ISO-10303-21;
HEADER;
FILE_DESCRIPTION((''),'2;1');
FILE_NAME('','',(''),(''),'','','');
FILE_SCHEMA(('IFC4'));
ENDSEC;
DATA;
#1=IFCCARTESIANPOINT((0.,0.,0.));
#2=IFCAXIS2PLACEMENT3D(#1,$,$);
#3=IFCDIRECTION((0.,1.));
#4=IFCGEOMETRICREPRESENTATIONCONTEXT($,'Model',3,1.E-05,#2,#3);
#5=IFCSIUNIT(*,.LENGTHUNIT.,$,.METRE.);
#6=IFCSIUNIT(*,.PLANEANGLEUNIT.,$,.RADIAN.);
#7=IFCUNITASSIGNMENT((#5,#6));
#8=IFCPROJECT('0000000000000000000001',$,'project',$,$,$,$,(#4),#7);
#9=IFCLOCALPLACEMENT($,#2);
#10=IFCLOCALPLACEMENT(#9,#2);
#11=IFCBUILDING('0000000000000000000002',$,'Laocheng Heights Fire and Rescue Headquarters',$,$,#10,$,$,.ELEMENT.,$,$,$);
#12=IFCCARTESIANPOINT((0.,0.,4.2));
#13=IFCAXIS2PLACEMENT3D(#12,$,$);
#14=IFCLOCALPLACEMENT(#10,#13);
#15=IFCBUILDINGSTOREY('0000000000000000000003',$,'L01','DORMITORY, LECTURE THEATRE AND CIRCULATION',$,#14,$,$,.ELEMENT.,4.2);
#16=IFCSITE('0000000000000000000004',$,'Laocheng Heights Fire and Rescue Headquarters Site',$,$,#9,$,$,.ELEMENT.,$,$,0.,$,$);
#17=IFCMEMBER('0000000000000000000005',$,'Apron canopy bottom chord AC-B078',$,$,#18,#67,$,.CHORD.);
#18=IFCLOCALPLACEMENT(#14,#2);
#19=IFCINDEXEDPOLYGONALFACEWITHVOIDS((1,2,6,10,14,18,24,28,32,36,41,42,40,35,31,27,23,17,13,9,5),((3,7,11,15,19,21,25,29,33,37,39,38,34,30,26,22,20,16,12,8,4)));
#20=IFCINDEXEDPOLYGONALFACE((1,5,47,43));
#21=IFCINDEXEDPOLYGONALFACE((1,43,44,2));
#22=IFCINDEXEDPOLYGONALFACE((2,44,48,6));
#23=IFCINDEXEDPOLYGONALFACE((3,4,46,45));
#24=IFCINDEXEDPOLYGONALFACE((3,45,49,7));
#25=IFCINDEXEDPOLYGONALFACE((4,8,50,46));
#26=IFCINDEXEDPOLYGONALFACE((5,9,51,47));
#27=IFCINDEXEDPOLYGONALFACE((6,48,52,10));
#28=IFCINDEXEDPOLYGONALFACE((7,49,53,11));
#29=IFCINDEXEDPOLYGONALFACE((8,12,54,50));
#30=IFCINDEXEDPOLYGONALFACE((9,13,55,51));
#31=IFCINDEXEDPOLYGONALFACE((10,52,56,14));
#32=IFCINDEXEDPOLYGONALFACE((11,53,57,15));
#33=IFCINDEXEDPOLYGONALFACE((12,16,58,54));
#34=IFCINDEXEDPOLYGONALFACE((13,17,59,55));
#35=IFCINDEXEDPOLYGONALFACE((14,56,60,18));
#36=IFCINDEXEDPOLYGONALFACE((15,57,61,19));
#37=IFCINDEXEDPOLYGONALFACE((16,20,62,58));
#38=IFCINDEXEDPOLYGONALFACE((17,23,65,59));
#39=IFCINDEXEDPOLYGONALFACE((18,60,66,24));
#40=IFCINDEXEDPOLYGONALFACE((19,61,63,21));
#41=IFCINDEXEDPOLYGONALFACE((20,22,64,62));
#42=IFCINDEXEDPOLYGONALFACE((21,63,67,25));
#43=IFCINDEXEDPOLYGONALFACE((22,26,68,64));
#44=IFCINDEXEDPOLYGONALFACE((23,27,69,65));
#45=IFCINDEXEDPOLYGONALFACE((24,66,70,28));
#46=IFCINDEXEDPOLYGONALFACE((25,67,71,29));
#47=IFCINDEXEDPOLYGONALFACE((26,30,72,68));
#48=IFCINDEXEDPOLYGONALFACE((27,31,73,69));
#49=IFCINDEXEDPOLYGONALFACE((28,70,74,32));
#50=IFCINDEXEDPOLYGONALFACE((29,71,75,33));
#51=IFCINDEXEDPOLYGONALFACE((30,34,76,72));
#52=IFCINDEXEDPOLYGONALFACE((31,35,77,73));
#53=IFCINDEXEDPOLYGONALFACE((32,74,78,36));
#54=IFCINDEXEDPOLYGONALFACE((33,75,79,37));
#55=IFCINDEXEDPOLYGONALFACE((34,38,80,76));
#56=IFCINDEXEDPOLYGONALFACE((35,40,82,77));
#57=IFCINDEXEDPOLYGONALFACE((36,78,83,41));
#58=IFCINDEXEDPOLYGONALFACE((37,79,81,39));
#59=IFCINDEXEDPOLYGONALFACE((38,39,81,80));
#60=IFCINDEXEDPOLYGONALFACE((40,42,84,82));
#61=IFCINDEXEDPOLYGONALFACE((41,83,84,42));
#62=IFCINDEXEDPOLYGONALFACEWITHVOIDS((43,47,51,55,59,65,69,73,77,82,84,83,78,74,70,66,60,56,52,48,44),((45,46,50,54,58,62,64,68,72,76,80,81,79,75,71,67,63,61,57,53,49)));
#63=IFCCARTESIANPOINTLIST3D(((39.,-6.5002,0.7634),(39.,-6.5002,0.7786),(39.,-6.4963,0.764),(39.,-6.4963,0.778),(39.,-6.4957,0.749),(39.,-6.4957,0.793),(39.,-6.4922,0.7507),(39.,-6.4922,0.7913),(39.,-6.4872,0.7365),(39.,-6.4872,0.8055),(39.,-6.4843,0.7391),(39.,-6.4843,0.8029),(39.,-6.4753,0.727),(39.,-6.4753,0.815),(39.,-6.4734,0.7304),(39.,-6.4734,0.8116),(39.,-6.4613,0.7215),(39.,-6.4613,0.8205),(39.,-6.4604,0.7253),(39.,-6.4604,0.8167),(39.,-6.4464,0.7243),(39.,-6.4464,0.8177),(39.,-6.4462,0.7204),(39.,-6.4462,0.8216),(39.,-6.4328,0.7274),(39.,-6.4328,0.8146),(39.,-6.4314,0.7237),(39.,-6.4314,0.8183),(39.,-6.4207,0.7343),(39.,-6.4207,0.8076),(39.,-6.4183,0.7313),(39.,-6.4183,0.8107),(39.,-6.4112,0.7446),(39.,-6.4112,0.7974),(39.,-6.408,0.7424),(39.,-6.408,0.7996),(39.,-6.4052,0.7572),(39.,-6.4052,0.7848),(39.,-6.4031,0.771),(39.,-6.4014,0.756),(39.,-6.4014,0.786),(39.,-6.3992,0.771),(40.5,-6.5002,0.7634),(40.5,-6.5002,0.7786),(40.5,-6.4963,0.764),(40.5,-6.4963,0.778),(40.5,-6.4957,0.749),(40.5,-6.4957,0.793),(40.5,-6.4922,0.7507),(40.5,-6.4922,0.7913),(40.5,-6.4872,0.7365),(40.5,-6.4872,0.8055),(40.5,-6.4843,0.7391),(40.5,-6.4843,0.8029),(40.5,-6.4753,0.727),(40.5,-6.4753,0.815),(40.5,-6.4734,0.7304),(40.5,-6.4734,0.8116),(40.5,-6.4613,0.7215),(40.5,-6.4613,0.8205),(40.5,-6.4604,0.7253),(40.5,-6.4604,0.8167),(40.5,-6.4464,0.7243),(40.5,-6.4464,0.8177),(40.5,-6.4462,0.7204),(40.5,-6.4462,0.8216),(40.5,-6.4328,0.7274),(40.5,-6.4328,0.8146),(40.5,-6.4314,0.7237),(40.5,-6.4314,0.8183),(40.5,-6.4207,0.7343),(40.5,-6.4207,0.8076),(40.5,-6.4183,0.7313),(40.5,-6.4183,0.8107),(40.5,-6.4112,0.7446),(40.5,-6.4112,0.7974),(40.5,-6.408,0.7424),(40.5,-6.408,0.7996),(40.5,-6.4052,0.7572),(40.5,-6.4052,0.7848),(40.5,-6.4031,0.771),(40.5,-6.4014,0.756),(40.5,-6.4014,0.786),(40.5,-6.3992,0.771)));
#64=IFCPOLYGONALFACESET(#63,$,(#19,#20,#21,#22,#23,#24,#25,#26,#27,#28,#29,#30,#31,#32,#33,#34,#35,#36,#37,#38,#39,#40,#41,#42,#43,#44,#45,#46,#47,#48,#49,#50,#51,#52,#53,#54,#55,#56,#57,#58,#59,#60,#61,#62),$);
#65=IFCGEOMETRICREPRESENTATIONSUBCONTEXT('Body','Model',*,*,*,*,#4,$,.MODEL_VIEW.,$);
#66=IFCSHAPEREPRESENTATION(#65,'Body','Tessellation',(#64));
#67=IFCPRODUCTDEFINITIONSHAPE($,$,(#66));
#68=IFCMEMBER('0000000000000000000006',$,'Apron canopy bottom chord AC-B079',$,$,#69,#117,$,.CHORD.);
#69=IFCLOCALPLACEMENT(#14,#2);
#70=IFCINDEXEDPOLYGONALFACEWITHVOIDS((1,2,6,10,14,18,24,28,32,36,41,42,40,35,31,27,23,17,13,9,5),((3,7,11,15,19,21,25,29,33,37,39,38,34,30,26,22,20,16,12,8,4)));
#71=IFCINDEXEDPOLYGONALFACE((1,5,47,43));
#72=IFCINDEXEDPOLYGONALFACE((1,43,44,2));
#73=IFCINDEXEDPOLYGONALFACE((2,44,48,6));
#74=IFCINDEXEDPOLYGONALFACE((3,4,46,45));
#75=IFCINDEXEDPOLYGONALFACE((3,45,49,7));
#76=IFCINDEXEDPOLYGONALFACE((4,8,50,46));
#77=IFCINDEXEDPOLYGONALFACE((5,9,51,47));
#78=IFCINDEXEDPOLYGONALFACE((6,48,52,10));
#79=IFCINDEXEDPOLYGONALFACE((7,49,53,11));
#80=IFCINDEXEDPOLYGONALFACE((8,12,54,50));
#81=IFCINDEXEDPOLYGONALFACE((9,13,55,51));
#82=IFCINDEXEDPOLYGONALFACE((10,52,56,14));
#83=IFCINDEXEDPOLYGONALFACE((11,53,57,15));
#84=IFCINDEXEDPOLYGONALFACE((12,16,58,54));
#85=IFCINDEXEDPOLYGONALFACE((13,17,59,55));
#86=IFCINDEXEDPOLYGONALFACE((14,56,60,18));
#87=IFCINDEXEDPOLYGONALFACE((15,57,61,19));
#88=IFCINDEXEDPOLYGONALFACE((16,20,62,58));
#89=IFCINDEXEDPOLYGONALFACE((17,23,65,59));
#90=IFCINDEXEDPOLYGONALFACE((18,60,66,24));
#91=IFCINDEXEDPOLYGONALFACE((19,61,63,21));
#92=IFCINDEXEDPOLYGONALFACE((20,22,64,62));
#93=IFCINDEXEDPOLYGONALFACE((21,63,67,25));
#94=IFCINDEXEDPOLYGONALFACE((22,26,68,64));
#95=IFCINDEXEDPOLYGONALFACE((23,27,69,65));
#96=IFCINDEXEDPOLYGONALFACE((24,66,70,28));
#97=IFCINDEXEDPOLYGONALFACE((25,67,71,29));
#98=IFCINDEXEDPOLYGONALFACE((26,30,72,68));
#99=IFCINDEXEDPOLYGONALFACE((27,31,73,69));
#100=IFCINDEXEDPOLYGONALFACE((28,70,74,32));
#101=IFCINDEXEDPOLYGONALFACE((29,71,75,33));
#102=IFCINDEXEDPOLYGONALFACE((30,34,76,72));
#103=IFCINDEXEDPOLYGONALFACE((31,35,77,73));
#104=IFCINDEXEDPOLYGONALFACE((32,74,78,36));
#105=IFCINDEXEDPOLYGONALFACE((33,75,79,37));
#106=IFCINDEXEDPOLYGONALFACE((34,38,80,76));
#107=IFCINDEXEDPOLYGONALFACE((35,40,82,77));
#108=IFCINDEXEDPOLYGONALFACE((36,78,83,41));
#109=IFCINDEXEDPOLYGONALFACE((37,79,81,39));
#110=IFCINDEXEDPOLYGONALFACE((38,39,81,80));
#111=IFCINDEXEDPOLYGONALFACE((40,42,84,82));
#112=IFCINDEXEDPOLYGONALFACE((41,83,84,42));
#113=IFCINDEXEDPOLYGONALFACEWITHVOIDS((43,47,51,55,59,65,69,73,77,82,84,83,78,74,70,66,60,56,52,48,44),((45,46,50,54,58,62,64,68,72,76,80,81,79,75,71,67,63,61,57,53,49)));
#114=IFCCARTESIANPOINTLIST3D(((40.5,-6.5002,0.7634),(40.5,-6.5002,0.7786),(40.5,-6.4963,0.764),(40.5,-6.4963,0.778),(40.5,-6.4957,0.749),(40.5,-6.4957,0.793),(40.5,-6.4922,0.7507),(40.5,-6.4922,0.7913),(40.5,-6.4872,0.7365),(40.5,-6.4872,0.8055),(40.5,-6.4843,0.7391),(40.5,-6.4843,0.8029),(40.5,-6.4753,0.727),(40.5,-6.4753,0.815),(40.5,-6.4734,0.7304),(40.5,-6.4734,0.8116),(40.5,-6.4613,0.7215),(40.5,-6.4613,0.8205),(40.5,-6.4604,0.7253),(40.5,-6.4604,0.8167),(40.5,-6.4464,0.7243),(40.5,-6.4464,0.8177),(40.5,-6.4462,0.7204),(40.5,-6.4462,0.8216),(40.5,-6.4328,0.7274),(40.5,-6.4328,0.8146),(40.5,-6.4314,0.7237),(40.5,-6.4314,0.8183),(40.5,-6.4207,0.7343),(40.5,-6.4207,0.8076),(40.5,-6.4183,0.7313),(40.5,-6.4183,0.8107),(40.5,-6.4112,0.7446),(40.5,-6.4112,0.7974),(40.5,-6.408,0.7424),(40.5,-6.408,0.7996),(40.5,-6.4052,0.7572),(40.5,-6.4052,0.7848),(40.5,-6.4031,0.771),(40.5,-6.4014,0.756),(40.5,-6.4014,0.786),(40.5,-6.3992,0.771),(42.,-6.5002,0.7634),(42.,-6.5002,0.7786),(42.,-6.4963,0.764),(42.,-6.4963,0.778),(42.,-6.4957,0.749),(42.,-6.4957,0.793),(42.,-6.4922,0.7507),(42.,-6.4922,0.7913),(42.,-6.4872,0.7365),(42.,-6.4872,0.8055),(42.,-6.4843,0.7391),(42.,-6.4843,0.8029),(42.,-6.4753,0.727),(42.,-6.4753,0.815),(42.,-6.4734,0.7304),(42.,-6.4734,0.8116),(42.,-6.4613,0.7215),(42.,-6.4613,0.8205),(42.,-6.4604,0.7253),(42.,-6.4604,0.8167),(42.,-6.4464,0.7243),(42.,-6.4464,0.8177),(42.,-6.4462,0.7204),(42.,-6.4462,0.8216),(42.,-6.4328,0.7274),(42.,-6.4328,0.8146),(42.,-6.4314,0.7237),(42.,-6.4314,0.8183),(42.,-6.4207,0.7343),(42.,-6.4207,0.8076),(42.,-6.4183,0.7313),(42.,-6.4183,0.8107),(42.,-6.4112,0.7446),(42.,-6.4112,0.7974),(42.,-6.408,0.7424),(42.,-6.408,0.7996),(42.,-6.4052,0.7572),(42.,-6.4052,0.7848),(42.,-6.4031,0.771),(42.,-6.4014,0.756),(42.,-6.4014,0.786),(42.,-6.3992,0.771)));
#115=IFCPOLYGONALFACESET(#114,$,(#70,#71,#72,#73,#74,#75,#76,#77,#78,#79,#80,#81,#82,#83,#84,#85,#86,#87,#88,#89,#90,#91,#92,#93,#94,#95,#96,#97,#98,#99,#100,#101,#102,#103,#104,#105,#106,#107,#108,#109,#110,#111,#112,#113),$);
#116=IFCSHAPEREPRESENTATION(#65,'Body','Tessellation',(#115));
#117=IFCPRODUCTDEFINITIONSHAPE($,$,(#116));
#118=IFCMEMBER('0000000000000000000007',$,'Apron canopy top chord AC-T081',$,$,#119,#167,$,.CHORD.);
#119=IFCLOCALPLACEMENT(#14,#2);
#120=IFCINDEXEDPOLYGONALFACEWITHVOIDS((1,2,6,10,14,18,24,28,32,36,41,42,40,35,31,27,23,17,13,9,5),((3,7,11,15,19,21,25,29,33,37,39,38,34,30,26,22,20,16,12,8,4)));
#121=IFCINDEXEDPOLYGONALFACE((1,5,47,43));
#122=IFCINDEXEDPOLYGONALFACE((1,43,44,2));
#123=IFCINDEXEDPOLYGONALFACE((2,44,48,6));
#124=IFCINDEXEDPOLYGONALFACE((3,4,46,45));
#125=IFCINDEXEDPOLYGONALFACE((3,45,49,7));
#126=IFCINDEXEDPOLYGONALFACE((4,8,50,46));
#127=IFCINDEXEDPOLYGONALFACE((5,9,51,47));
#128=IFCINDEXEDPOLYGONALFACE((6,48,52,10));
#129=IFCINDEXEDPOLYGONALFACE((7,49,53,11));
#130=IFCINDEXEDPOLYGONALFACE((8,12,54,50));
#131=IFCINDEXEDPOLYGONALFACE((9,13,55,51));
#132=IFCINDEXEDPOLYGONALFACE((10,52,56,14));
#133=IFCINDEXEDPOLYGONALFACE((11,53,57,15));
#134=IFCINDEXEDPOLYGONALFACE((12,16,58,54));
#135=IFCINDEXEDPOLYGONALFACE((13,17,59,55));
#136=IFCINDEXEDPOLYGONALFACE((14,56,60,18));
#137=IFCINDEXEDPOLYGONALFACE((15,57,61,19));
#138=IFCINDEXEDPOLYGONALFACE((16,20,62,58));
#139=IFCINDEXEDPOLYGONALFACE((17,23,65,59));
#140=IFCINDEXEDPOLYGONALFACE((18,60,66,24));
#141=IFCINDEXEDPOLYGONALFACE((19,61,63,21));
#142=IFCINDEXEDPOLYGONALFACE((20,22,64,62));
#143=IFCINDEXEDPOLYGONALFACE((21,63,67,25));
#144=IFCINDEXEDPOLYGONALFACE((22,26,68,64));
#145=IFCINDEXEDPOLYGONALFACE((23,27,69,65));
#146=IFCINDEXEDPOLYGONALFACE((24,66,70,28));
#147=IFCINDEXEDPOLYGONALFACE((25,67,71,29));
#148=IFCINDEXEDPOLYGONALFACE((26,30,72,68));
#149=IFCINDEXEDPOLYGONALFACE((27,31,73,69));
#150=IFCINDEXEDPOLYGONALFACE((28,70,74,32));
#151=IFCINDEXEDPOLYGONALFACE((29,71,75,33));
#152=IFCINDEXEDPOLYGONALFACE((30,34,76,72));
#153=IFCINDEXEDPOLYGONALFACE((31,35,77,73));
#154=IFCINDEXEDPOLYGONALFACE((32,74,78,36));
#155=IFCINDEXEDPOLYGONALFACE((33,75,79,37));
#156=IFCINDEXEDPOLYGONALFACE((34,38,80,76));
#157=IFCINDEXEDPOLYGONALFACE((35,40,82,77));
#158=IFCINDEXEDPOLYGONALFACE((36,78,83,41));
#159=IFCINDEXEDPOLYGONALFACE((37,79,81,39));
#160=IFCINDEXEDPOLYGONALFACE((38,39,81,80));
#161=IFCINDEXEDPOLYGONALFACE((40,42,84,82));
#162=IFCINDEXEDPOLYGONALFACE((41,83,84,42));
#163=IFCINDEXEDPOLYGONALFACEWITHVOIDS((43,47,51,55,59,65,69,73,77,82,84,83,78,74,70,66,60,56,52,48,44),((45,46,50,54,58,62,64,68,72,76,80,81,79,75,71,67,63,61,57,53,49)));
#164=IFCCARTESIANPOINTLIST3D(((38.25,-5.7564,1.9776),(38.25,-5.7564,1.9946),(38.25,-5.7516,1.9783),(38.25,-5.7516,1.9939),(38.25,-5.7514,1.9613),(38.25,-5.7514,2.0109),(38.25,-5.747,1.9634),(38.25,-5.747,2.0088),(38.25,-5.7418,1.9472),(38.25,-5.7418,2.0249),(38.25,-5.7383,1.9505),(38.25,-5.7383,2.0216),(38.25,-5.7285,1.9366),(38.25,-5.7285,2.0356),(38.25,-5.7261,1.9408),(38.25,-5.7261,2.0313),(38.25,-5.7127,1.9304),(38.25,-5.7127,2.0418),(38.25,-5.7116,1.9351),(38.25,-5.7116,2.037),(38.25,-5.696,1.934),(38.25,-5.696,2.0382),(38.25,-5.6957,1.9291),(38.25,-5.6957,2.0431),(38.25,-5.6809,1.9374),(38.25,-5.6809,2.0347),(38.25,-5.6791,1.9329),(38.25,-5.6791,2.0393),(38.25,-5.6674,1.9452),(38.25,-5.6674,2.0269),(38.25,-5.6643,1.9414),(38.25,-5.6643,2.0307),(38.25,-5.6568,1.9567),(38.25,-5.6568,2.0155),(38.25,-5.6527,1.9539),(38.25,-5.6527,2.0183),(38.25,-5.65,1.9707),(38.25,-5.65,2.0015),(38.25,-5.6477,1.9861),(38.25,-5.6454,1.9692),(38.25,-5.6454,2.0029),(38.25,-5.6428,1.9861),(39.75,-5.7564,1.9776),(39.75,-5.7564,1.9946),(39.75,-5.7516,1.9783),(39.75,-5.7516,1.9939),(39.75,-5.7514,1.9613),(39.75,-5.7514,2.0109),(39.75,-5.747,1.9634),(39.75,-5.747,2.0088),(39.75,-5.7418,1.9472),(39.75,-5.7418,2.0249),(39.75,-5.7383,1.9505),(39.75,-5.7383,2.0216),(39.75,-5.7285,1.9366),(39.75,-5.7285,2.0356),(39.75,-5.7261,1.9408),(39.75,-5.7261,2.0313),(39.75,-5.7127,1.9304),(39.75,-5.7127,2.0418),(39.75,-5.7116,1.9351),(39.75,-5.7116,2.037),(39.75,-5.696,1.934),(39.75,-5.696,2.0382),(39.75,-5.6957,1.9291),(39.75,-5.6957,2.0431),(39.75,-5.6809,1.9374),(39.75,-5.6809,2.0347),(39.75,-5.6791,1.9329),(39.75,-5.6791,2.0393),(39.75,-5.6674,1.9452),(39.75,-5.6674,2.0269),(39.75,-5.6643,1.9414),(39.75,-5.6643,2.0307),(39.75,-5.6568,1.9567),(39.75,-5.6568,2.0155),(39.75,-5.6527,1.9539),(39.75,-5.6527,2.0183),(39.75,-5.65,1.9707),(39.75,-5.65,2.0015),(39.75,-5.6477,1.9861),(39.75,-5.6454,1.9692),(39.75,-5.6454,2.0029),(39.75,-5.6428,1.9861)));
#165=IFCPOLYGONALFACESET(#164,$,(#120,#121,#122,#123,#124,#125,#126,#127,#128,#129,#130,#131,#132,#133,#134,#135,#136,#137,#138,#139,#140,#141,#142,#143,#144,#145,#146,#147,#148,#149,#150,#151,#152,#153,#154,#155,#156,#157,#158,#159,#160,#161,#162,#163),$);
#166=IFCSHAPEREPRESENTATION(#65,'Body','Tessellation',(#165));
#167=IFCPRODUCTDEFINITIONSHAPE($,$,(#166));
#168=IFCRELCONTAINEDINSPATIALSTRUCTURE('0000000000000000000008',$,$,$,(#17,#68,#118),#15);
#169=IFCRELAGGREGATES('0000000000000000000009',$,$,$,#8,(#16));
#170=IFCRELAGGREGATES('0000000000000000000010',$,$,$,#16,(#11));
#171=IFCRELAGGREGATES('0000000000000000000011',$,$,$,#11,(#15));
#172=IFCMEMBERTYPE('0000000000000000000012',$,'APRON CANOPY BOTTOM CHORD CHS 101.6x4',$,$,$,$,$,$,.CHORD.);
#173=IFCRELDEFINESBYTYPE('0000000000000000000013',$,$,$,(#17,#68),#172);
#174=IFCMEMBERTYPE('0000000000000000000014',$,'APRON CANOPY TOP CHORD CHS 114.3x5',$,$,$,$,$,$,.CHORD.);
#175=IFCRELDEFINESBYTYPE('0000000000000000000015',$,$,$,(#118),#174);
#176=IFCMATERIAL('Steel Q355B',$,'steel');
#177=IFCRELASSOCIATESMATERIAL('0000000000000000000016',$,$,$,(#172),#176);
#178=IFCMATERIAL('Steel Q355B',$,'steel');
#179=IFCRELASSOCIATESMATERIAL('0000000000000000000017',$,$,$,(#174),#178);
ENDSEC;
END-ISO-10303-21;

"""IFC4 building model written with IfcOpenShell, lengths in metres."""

from ifc_helpers import new_model, si_unit, direction, frame, origin, origin_2d, place, context, subcontext, project, spatial, hollow_circle, extrude, material, material_profile, profile_set, type_object, element, save


model = new_model("IFC4")

# Units and contexts
model_context = context("Model", 3, precision=1e-05, world=origin(), true_north=direction((0.0, 1.0)))
body_context = subcontext(model_context, "Body", "Model", "MODEL_VIEW")
ifc_project = project(units=[si_unit("LENGTHUNIT", "METRE"), si_unit("PLANEANGLEUNIT", "RADIAN")], contexts=[model_context])

# Site, building, storey
site_placement = place(None, origin())
site = spatial("IfcSite", under=ifc_project, at=site_placement, Name="Laocheng Heights Fire and Rescue Headquarters Site", CompositionType="ELEMENT", RefElevation=0.0)
building_placement = place(site_placement, origin())
building = spatial("IfcBuilding", under=site, at=building_placement, Name="Laocheng Heights Fire and Rescue Headquarters", CompositionType="ELEMENT")
storey_placement = place(building_placement, frame((0.0, 0.0, 4.2)))
storey = spatial("IfcBuildingStorey", under=building, at=storey_placement, Name="L01", Description="DORMITORY, LECTURE THEATRE AND CIRCULATION", CompositionType="ELEMENT", Elevation=4.2)

# Members
ifc_material_1 = material(Name="Steel Q355B", Category="steel")
ifc_material_profile_1 = material_profile(ifc_material_1, hollow_circle(Radius=0.0508, WallThickness=0.0039, at=origin_2d()), Name="CHS 101.6x4")
ifc_profile_set_1 = profile_set([ifc_material_profile_1], Name="Steel Q355B")
member_type_1 = type_object("IfcMemberType", Name="APRON CANOPY BOTTOM CHORD CHS 101.6x4", PredefinedType="CHORD", material=ifc_profile_set_1)
for number, where, z_axis, x_axis, name in (
    (1, (39.0, -6.45, 0.771), (1.0, 0.0, 0.0), (0.0, 1.0, 0.0), "Apron canopy bottom chord AC-B078"),
    (2, (40.5, -6.45, 0.771), (1.0, 0.0, 0.0), (0.0, 1.0, 0.0), "Apron canopy bottom chord AC-B079"),
):
    element("IfcMember", number, at=place(storey_placement, frame(where, z_axis=z_axis, x_axis=x_axis)), inside=storey, type_object=member_type_1, Name=name, PredefinedType="CHORD", context=body_context, shape_type="SweptSolid", body=[
        extrude(hollow_circle(Radius=0.0508, WallThickness=0.0039, at=origin_2d()), origin(), (0.0, 0.0, 1.0), 1.5),
    ])
ifc_material_2 = material(Name="Steel Q355B", Category="steel")
ifc_material_profile_2 = material_profile(ifc_material_2, hollow_circle(Radius=0.0571, WallThickness=0.0049, at=origin_2d()), Name="CHS 114.3x5")
ifc_profile_set_2 = profile_set([ifc_material_profile_2], Name="Steel Q355B")
member_type_2 = type_object("IfcMemberType", Name="APRON CANOPY TOP CHORD CHS 114.3x5", PredefinedType="CHORD", material=ifc_profile_set_2)
for number, where, z_axis, x_axis, name in (
    (3, (38.25, -5.7, 1.9861), (1.0, 0.0, 0.0), (0.0, 1.0, 0.0), "Apron canopy top chord AC-T081"),
):
    element("IfcMember", number, at=place(storey_placement, frame(where, z_axis=z_axis, x_axis=x_axis)), inside=storey, type_object=member_type_2, Name=name, PredefinedType="CHORD", context=body_context, shape_type="SweptSolid", body=[
        extrude(hollow_circle(Radius=0.0571, WallThickness=0.0049, at=origin_2d()), origin(), (0.0, 0.0, 1.0), 1.5),
    ])

save(model, "model.ifc")
